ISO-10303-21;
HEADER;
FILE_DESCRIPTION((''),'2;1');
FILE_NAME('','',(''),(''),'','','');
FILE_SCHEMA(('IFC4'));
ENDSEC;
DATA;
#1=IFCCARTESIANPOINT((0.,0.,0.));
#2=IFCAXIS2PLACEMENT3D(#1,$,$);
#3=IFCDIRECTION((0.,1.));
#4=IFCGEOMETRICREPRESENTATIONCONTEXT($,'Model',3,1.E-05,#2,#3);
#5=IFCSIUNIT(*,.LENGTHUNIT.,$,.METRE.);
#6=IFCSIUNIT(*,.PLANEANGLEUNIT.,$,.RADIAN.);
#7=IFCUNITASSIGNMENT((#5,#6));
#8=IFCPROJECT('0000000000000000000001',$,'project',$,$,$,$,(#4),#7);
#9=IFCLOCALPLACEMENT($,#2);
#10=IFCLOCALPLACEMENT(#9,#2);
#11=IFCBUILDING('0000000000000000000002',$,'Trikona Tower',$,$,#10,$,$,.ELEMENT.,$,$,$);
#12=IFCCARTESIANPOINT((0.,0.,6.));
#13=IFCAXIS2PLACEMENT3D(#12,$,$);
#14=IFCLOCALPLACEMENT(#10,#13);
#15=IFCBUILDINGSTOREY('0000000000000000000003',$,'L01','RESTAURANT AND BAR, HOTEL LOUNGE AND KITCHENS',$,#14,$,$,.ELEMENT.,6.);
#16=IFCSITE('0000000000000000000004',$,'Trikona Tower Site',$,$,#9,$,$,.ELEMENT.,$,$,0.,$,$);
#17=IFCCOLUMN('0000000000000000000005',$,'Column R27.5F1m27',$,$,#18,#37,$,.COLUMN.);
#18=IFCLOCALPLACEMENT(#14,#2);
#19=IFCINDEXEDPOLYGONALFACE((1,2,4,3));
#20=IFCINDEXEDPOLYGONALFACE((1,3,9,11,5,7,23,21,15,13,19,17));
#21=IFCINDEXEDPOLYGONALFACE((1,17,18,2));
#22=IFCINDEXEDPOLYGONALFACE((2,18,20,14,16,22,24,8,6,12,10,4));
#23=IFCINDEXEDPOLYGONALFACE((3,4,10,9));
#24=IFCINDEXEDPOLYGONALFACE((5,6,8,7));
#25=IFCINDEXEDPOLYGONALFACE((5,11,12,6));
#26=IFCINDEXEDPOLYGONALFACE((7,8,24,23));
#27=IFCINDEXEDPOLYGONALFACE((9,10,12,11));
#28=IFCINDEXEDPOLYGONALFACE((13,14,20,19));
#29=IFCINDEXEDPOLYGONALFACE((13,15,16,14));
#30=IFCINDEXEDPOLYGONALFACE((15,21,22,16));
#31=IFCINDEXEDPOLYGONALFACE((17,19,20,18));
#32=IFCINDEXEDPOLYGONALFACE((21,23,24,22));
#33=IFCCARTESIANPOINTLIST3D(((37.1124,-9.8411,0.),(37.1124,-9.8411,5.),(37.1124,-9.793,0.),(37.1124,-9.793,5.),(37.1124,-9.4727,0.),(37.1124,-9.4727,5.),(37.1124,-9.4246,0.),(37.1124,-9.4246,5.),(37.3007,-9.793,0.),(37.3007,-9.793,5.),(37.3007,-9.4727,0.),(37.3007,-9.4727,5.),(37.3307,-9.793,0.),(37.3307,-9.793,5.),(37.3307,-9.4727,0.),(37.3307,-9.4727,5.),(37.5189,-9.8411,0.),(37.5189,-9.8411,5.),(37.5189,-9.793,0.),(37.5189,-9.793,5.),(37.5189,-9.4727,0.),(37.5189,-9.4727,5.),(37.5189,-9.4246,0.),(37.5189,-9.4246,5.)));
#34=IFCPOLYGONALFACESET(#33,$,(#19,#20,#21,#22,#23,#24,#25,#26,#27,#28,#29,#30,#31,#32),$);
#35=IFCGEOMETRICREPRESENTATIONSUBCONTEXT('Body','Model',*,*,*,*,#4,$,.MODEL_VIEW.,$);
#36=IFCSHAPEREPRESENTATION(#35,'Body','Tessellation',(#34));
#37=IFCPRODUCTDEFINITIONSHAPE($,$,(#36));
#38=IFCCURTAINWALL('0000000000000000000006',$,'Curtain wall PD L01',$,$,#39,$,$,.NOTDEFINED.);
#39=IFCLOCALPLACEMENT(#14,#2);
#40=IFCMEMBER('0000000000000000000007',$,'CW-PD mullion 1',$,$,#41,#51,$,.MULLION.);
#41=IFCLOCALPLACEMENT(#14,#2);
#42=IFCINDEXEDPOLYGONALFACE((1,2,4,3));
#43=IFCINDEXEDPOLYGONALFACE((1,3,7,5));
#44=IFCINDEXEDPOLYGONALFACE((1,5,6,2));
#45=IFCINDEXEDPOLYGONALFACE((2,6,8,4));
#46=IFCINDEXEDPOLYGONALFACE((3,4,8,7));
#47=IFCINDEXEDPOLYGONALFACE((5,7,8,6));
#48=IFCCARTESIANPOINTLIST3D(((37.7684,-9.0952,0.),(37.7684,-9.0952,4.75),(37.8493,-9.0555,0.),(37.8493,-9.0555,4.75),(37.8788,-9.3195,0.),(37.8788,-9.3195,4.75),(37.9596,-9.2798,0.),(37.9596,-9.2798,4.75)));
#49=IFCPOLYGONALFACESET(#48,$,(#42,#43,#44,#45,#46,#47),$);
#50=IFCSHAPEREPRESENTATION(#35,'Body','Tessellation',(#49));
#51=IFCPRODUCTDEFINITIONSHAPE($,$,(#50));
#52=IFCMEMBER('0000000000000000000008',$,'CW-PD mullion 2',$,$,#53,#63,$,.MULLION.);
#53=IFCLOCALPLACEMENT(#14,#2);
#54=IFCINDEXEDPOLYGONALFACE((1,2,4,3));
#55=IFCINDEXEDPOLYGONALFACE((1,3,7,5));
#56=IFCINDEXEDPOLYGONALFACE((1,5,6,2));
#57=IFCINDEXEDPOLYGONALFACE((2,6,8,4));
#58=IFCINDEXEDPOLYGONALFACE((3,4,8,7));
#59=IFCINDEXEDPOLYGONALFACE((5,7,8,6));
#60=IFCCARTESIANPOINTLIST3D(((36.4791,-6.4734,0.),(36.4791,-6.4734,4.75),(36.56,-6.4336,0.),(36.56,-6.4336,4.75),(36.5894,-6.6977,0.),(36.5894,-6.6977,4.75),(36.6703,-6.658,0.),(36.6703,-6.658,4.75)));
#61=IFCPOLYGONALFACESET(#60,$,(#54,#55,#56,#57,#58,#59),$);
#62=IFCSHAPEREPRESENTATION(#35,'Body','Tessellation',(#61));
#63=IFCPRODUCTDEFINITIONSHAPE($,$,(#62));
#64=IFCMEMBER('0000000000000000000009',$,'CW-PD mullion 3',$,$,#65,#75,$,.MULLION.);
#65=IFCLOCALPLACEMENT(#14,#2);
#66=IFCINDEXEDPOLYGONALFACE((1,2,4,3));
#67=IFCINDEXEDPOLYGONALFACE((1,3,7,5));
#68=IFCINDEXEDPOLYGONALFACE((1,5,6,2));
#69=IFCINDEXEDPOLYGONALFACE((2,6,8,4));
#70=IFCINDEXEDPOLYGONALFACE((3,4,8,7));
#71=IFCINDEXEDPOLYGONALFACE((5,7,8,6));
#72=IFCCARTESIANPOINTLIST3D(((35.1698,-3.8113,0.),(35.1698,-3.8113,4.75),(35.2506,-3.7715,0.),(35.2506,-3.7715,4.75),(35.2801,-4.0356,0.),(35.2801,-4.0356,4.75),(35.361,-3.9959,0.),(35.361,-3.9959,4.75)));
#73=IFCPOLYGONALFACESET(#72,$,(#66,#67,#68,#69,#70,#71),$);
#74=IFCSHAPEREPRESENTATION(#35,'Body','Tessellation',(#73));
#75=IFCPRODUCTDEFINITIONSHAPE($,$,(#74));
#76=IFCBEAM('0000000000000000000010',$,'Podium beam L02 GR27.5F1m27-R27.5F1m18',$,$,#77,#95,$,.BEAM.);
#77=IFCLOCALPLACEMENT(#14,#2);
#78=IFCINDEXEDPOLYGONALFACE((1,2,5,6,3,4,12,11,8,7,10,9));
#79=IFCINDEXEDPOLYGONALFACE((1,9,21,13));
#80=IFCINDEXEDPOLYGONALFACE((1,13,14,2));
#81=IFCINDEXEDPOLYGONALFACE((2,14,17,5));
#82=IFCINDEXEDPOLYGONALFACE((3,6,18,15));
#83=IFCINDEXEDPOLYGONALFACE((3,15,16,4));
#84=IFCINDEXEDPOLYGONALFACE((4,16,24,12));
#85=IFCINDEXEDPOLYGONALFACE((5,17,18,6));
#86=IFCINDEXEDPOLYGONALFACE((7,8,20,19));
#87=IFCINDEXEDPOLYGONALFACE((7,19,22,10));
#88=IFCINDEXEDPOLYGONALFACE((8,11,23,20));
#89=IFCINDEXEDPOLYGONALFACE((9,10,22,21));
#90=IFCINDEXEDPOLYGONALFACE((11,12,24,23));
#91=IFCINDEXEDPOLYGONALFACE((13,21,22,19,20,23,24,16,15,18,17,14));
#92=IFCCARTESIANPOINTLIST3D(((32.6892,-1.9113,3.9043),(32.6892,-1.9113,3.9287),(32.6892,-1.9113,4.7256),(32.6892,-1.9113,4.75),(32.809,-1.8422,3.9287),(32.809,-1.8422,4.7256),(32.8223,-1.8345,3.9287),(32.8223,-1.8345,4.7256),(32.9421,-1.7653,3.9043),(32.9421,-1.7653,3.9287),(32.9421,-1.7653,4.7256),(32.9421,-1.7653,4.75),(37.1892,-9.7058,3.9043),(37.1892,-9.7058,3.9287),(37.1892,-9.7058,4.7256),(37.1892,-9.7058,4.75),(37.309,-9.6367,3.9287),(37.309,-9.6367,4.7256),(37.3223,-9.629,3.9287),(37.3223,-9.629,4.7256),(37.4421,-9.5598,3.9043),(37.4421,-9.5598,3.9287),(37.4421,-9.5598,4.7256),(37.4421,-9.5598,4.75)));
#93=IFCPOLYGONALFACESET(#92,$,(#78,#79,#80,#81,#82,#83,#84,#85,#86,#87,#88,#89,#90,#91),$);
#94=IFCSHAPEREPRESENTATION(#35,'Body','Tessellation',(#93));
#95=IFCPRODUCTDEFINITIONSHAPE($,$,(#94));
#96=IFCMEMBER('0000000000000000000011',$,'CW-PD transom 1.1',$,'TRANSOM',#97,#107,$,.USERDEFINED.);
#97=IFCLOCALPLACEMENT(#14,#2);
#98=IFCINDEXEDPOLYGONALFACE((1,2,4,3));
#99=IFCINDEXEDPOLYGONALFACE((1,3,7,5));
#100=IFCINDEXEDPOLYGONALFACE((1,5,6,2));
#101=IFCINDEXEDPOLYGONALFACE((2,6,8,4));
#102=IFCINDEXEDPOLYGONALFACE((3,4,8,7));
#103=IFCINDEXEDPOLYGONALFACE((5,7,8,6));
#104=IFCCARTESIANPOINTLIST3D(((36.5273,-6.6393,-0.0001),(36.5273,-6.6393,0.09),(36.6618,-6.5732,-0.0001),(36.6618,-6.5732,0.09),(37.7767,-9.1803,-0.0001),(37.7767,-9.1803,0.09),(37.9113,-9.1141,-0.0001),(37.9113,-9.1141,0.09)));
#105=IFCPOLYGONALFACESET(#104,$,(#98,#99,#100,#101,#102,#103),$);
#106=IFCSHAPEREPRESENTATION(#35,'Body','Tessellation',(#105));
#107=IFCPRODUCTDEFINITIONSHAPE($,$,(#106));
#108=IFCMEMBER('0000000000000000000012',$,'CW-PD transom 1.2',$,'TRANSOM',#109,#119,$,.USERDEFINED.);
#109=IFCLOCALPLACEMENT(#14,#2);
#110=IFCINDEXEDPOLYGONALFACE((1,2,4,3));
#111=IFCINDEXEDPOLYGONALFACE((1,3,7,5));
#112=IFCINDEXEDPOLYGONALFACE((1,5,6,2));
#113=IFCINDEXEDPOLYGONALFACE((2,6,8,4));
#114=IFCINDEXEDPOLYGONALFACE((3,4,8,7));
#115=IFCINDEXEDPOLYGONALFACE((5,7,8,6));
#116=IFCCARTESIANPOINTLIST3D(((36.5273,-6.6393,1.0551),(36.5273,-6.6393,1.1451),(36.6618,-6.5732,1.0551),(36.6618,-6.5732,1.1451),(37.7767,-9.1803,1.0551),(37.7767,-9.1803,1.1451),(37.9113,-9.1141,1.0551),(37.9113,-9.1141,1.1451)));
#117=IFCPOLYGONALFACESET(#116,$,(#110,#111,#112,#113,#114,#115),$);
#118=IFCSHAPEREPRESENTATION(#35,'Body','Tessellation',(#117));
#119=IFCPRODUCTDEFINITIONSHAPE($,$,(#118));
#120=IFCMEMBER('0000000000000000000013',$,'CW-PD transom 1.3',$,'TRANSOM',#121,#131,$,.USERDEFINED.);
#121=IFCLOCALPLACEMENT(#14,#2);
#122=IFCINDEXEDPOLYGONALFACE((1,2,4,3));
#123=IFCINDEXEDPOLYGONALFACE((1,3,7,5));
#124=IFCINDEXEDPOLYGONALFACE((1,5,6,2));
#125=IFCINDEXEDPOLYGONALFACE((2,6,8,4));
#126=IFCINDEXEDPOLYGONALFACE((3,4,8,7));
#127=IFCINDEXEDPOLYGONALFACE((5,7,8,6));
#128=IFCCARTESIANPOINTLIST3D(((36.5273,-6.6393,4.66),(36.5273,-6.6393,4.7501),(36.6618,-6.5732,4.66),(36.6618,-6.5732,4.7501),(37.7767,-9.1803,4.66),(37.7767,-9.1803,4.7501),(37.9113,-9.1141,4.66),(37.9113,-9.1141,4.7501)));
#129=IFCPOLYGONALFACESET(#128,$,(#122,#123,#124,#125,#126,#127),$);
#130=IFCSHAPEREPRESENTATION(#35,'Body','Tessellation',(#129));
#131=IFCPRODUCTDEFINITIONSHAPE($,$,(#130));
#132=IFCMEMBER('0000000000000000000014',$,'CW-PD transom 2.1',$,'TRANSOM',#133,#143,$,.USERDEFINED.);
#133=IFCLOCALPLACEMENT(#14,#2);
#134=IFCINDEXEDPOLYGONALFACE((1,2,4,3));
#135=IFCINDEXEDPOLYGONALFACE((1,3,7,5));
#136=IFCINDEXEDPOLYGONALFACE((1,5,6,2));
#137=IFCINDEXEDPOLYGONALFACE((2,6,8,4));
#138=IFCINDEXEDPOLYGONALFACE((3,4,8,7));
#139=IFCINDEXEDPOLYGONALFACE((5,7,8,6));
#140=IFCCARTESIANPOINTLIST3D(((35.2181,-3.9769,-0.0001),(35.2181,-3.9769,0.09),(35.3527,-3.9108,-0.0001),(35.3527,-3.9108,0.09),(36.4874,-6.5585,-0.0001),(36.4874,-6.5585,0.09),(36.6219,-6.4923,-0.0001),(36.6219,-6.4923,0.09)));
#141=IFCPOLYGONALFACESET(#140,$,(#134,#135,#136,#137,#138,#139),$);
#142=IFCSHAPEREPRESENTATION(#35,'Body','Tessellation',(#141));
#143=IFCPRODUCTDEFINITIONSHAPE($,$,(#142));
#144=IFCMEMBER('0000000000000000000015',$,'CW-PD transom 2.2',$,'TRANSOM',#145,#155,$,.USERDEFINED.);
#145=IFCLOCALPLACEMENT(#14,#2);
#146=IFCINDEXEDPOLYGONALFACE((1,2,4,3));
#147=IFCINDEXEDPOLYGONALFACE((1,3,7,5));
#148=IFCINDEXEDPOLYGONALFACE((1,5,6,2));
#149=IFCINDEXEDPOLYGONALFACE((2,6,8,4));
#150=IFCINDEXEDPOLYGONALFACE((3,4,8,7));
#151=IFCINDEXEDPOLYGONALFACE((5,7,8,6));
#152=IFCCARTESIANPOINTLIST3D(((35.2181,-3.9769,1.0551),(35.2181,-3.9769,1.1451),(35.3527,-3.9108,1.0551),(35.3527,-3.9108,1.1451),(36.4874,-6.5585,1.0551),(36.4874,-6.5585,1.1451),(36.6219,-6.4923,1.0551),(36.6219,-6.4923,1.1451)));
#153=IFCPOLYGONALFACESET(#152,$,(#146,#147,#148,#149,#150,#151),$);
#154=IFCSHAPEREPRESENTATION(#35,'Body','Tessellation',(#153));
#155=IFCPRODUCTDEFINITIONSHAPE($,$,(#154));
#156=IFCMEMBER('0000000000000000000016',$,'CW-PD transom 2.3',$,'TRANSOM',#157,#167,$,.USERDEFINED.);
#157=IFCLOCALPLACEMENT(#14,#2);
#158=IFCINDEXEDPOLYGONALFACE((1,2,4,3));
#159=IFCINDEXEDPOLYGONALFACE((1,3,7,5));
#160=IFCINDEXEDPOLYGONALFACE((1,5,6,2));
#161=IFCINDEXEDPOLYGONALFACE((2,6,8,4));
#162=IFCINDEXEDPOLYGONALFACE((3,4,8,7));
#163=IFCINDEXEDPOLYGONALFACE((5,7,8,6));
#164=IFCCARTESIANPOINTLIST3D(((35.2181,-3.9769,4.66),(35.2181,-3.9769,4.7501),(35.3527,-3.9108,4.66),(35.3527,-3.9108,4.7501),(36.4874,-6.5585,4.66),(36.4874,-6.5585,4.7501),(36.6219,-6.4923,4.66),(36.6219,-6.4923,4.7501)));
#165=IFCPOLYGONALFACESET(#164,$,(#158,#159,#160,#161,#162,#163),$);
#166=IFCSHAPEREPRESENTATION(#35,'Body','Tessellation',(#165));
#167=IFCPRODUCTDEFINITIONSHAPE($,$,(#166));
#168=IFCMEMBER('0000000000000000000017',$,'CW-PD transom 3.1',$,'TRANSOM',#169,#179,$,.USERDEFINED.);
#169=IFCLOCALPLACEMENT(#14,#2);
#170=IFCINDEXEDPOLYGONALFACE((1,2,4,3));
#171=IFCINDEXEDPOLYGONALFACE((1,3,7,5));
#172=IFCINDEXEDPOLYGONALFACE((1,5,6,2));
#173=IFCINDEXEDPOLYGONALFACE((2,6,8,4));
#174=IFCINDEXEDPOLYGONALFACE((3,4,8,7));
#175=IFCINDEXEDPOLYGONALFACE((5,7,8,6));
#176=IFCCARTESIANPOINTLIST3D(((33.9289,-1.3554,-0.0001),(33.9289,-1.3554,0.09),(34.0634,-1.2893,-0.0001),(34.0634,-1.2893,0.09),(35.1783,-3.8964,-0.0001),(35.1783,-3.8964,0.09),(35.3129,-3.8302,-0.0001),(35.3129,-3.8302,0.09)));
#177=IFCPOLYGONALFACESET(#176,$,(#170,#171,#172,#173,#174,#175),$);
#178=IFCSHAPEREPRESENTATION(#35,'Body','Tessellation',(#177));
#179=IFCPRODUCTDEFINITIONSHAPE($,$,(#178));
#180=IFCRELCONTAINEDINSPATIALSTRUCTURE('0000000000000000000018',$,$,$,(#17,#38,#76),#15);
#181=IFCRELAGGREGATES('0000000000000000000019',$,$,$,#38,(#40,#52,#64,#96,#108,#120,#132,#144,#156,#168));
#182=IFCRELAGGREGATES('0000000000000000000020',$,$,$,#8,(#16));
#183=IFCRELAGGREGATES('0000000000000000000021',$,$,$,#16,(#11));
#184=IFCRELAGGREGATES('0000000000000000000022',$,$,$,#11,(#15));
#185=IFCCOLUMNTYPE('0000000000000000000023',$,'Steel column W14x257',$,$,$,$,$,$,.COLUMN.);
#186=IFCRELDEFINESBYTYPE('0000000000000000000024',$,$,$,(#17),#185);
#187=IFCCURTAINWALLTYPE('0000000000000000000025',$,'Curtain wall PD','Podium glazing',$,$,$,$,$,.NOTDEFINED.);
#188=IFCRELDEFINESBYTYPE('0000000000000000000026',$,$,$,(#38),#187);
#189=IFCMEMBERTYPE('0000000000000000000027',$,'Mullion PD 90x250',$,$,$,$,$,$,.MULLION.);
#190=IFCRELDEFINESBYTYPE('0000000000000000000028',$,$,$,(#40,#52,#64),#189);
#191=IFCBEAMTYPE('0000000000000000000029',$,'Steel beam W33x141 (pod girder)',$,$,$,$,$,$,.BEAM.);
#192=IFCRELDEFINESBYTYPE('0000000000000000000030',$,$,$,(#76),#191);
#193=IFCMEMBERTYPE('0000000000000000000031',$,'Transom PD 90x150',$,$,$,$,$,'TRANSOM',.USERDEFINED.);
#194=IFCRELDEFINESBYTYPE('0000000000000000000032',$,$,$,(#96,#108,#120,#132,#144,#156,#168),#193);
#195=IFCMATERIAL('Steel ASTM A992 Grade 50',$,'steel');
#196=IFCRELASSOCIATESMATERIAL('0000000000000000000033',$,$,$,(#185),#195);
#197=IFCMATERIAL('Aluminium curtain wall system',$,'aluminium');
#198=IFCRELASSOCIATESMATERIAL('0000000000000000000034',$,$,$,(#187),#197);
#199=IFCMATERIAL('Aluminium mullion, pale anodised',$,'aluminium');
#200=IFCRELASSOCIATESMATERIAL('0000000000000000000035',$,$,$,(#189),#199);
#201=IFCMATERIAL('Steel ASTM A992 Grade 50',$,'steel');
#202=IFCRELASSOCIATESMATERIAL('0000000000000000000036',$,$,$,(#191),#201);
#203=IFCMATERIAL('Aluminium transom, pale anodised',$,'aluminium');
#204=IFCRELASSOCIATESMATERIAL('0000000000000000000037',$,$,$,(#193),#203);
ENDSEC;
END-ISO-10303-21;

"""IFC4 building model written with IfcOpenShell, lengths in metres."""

from ifc_helpers import new_model, si_unit, direction, frame, origin, origin_2d, place, context, subcontext, project, spatial, rectangle, i_section, extrude, material, material_profile, profile_set, type_object, element, aggregate, save


model = new_model("IFC4")

# Units and contexts
model_context = context("Model", 3, precision=1e-05, world=origin(), true_north=direction((0.0, 1.0)))
body_context = subcontext(model_context, "Body", "Model", "MODEL_VIEW")
ifc_project = project(units=[si_unit("LENGTHUNIT", "METRE"), si_unit("PLANEANGLEUNIT", "RADIAN")], contexts=[model_context])

# Site, building, storey
site_placement = place(None, origin())
site = spatial("IfcSite", under=ifc_project, at=site_placement, Name="Trikona Tower Site", CompositionType="ELEMENT", RefElevation=0.0)
building_placement = place(site_placement, origin())
building = spatial("IfcBuilding", under=site, at=building_placement, Name="Trikona Tower", CompositionType="ELEMENT")
storey_placement = place(building_placement, frame((0.0, 0.0, 6.0)))
storey = spatial("IfcBuildingStorey", under=building, at=storey_placement, Name="L01", Description="RESTAURANT AND BAR, HOTEL LOUNGE AND KITCHENS", CompositionType="ELEMENT", Elevation=6.0)

# Column
ifc_material_1 = material(Name="Steel ASTM A992 Grade 50", Category="steel")
ifc_material_profile_1 = material_profile(ifc_material_1, i_section(OverallWidth=0.4065, OverallDepth=0.4165, WebThickness=0.03, FlangeThickness=0.0481, at=origin_2d()), Name="W14X257")
ifc_profile_set_1 = profile_set([ifc_material_profile_1], Name="Steel ASTM A992 Grade 50")
column_type = type_object("IfcColumnType", Name="Steel column W14x257", PredefinedType="COLUMN", material=ifc_profile_set_1)
column_placement = place(storey_placement, frame((37.3157, -9.6328, 0.0), z_axis=(0.0, 0.0, 1.0), x_axis=(1.0, 0.0, 0.0)))
element("IfcColumn", 1, at=column_placement, inside=storey, type_object=column_type, Name="Column R27.5F1m27", PredefinedType="COLUMN", context=body_context, shape_type="SweptSolid", body=[
    extrude(i_section(OverallWidth=0.4065, OverallDepth=0.4165, WebThickness=0.03, FlangeThickness=0.0481, at=origin_2d()), origin(), (0.0, 0.0, 1.0), 5.0),
])

# Curtain wall, members
ifc_material_2 = material(Name="Aluminium curtain wall system", Category="aluminium")
curtain_wall_type = type_object("IfcCurtainWallType", Name="Curtain wall PD", Description="Podium glazing", PredefinedType="NOTDEFINED", material=ifc_material_2)
curtain_wall_placement = place(storey_placement, origin())
curtain_wall = element("IfcCurtainWall", 2, at=curtain_wall_placement, inside=storey, type_object=curtain_wall_type, Name="Curtain wall PD L01", PredefinedType="NOTDEFINED")
ifc_material_3 = material(Name="Aluminium mullion, pale anodised", Category="aluminium")
ifc_material_profile_2 = material_profile(ifc_material_3, rectangle(XDim=0.0901, YDim=0.25, at=origin_2d()), Name="MUL-PD")
ifc_profile_set_2 = profile_set([ifc_material_profile_2], Name="Aluminium mullion, pale anodised")
member_type_1 = type_object("IfcMemberType", Name="Mullion PD 90x250", PredefinedType="MULLION", material=ifc_profile_set_2)
member_1_placement = place(storey_placement, frame((37.864, -9.1875, 0.0), z_axis=(0.0, 0.0, 1.0), x_axis=(-0.897363, -0.441294, 0.0)))
member_1 = element("IfcMember", 3, at=member_1_placement, type_object=member_type_1, Name="CW-PD mullion 1", PredefinedType="MULLION", context=body_context, shape_type="SweptSolid", body=[
    extrude(rectangle(XDim=0.0901, YDim=0.25, at=origin_2d()), origin(), (0.0, 0.0, 1.0), 4.75),
])
member_2_placement = place(storey_placement, frame((36.5747, -6.5657, 0.0), z_axis=(0.0, 0.0, 1.0), x_axis=(-0.897363, -0.441294, 0.0)))
member_2 = element("IfcMember", 4, at=member_2_placement, type_object=member_type_1, Name="CW-PD mullion 2", PredefinedType="MULLION", context=body_context, shape_type="SweptSolid", body=[
    extrude(rectangle(XDim=0.0901, YDim=0.25, at=origin_2d()), origin(), (0.0, 0.0, 1.0), 4.75),
])
member_3_placement = place(storey_placement, frame((35.2654, -3.9036, 0.0), z_axis=(0.0, 0.0, 1.0), x_axis=(-0.897363, -0.441294, 0.0)))
member_3 = element("IfcMember", 5, at=member_3_placement, type_object=member_type_1, Name="CW-PD mullion 3", PredefinedType="MULLION", context=body_context, shape_type="SweptSolid", body=[
    extrude(rectangle(XDim=0.0901, YDim=0.25, at=origin_2d()), origin(), (0.0, 0.0, 1.0), 4.75),
])

# Beam
ifc_material_4 = material(Name="Steel ASTM A992 Grade 50", Category="steel")
ifc_material_profile_3 = material_profile(ifc_material_4, i_section(OverallWidth=0.292, OverallDepth=0.8457, WebThickness=0.0154, FlangeThickness=0.0244, at=origin_2d()), Name="W33X141")
ifc_profile_set_3 = profile_set([ifc_material_profile_3], Name="Steel ASTM A992 Grade 50")
beam_type = type_object("IfcBeamType", Name="Steel beam W33x141 (pod girder)", PredefinedType="BEAM", material=ifc_profile_set_3)
beam_placement = place(storey_placement, frame((37.3157, -9.6328, 4.3271), z_axis=(-0.49999, 0.866031, 0.0), x_axis=(-0.866031, -0.49999, 0.0)))
element("IfcBeam", 6, at=beam_placement, inside=storey, type_object=beam_type, Name="Podium beam L02 GR27.5F1m27-R27.5F1m18", PredefinedType="BEAM", context=body_context, shape_type="SweptSolid", body=[
    extrude(i_section(OverallWidth=0.292, OverallDepth=0.8457, WebThickness=0.0154, FlangeThickness=0.0244, at=origin_2d()), origin(), (0.0, 0.0, 1.0), 9.0002),
])

# Members
ifc_material_5 = material(Name="Aluminium transom, pale anodised", Category="aluminium")
ifc_material_profile_4 = material_profile(ifc_material_5, rectangle(XDim=0.1499, YDim=0.0901, at=origin_2d()), Name="TRN-PD")
ifc_profile_set_4 = profile_set([ifc_material_profile_4], Name="Aluminium transom, pale anodised")
member_type_2 = type_object("IfcMemberType", Name="Transom PD 90x150", ElementType="TRANSOM", PredefinedType="USERDEFINED", material=ifc_profile_set_4)
member_4_placement = place(storey_placement, frame((37.844, -9.1472, 0.0449), z_axis=(-0.441272, 0.897373, 0.0), x_axis=(-0.897373, -0.441272, 0.0)))
member_4 = element("IfcMember", 7, at=member_4_placement, type_object=member_type_2, Name="CW-PD transom 1.1", ObjectType="TRANSOM", PredefinedType="USERDEFINED", context=body_context, shape_type="SweptSolid", body=[
    extrude(rectangle(XDim=0.1499, YDim=0.0901, at=origin_2d()), origin(), (0.0, 0.0, 1.0), 2.8315),
])
member_5_placement = place(storey_placement, frame((37.844, -9.1472, 1.1001), z_axis=(-0.441272, 0.897373, 0.0), x_axis=(-0.897373, -0.441272, 0.0)))
member_5 = element("IfcMember", 8, at=member_5_placement, type_object=member_type_2, Name="CW-PD transom 1.2", ObjectType="TRANSOM", PredefinedType="USERDEFINED", context=body_context, shape_type="SweptSolid", body=[
    extrude(rectangle(XDim=0.1499, YDim=0.0901, at=origin_2d()), origin(), (0.0, 0.0, 1.0), 2.8315),
])
member_6_placement = place(storey_placement, frame((37.844, -9.1472, 4.7051), z_axis=(-0.441272, 0.897373, 0.0), x_axis=(-0.897373, -0.441272, 0.0)))
member_6 = element("IfcMember", 9, at=member_6_placement, type_object=member_type_2, Name="CW-PD transom 1.3", ObjectType="TRANSOM", PredefinedType="USERDEFINED", context=body_context, shape_type="SweptSolid", body=[
    extrude(rectangle(XDim=0.1499, YDim=0.0901, at=origin_2d()), origin(), (0.0, 0.0, 1.0), 2.8315),
])
member_7_placement = place(storey_placement, frame((36.5547, -6.5254, 0.0449), z_axis=(-0.441229, 0.897395, 0.0), x_axis=(-0.897395, -0.441229, 0.0)))
member_7 = element("IfcMember", 10, at=member_7_placement, type_object=member_type_2, Name="CW-PD transom 2.1", ObjectType="TRANSOM", PredefinedType="USERDEFINED", context=body_context, shape_type="SweptSolid", body=[
    extrude(rectangle(XDim=0.1499, YDim=0.0901, at=origin_2d()), origin(), (0.0, 0.0, 1.0), 2.8767),
])
member_8_placement = place(storey_placement, frame((36.5547, -6.5254, 1.1001), z_axis=(-0.441229, 0.897395, 0.0), x_axis=(-0.897395, -0.441229, 0.0)))
member_8 = element("IfcMember", 11, at=member_8_placement, type_object=member_type_2, Name="CW-PD transom 2.2", ObjectType="TRANSOM", PredefinedType="USERDEFINED", context=body_context, shape_type="SweptSolid", body=[
    extrude(rectangle(XDim=0.1499, YDim=0.0901, at=origin_2d()), origin(), (0.0, 0.0, 1.0), 2.8767),
])
member_9_placement = place(storey_placement, frame((36.5547, -6.5254, 4.7051), z_axis=(-0.441229, 0.897395, 0.0), x_axis=(-0.897395, -0.441229, 0.0)))
member_9 = element("IfcMember", 12, at=member_9_placement, type_object=member_type_2, Name="CW-PD transom 2.3", ObjectType="TRANSOM", PredefinedType="USERDEFINED", context=body_context, shape_type="SweptSolid", body=[
    extrude(rectangle(XDim=0.1499, YDim=0.0901, at=origin_2d()), origin(), (0.0, 0.0, 1.0), 2.8767),
])
member_10_placement = place(storey_placement, frame((35.2456, -3.8633, 0.0449), z_axis=(-0.441272, 0.897373, 0.0), x_axis=(-0.897373, -0.441272, 0.0)))
member_10 = element("IfcMember", 13, at=member_10_placement, type_object=member_type_2, Name="CW-PD transom 3.1", ObjectType="TRANSOM", PredefinedType="USERDEFINED", context=body_context, shape_type="SweptSolid", body=[
    extrude(rectangle(XDim=0.1499, YDim=0.0901, at=origin_2d()), origin(), (0.0, 0.0, 1.0), 2.8315),
])

aggregate(curtain_wall, [member_1, member_2, member_3, member_4, member_5, member_6, member_7, member_8, member_9, member_10])

save(model, "model.ifc")
